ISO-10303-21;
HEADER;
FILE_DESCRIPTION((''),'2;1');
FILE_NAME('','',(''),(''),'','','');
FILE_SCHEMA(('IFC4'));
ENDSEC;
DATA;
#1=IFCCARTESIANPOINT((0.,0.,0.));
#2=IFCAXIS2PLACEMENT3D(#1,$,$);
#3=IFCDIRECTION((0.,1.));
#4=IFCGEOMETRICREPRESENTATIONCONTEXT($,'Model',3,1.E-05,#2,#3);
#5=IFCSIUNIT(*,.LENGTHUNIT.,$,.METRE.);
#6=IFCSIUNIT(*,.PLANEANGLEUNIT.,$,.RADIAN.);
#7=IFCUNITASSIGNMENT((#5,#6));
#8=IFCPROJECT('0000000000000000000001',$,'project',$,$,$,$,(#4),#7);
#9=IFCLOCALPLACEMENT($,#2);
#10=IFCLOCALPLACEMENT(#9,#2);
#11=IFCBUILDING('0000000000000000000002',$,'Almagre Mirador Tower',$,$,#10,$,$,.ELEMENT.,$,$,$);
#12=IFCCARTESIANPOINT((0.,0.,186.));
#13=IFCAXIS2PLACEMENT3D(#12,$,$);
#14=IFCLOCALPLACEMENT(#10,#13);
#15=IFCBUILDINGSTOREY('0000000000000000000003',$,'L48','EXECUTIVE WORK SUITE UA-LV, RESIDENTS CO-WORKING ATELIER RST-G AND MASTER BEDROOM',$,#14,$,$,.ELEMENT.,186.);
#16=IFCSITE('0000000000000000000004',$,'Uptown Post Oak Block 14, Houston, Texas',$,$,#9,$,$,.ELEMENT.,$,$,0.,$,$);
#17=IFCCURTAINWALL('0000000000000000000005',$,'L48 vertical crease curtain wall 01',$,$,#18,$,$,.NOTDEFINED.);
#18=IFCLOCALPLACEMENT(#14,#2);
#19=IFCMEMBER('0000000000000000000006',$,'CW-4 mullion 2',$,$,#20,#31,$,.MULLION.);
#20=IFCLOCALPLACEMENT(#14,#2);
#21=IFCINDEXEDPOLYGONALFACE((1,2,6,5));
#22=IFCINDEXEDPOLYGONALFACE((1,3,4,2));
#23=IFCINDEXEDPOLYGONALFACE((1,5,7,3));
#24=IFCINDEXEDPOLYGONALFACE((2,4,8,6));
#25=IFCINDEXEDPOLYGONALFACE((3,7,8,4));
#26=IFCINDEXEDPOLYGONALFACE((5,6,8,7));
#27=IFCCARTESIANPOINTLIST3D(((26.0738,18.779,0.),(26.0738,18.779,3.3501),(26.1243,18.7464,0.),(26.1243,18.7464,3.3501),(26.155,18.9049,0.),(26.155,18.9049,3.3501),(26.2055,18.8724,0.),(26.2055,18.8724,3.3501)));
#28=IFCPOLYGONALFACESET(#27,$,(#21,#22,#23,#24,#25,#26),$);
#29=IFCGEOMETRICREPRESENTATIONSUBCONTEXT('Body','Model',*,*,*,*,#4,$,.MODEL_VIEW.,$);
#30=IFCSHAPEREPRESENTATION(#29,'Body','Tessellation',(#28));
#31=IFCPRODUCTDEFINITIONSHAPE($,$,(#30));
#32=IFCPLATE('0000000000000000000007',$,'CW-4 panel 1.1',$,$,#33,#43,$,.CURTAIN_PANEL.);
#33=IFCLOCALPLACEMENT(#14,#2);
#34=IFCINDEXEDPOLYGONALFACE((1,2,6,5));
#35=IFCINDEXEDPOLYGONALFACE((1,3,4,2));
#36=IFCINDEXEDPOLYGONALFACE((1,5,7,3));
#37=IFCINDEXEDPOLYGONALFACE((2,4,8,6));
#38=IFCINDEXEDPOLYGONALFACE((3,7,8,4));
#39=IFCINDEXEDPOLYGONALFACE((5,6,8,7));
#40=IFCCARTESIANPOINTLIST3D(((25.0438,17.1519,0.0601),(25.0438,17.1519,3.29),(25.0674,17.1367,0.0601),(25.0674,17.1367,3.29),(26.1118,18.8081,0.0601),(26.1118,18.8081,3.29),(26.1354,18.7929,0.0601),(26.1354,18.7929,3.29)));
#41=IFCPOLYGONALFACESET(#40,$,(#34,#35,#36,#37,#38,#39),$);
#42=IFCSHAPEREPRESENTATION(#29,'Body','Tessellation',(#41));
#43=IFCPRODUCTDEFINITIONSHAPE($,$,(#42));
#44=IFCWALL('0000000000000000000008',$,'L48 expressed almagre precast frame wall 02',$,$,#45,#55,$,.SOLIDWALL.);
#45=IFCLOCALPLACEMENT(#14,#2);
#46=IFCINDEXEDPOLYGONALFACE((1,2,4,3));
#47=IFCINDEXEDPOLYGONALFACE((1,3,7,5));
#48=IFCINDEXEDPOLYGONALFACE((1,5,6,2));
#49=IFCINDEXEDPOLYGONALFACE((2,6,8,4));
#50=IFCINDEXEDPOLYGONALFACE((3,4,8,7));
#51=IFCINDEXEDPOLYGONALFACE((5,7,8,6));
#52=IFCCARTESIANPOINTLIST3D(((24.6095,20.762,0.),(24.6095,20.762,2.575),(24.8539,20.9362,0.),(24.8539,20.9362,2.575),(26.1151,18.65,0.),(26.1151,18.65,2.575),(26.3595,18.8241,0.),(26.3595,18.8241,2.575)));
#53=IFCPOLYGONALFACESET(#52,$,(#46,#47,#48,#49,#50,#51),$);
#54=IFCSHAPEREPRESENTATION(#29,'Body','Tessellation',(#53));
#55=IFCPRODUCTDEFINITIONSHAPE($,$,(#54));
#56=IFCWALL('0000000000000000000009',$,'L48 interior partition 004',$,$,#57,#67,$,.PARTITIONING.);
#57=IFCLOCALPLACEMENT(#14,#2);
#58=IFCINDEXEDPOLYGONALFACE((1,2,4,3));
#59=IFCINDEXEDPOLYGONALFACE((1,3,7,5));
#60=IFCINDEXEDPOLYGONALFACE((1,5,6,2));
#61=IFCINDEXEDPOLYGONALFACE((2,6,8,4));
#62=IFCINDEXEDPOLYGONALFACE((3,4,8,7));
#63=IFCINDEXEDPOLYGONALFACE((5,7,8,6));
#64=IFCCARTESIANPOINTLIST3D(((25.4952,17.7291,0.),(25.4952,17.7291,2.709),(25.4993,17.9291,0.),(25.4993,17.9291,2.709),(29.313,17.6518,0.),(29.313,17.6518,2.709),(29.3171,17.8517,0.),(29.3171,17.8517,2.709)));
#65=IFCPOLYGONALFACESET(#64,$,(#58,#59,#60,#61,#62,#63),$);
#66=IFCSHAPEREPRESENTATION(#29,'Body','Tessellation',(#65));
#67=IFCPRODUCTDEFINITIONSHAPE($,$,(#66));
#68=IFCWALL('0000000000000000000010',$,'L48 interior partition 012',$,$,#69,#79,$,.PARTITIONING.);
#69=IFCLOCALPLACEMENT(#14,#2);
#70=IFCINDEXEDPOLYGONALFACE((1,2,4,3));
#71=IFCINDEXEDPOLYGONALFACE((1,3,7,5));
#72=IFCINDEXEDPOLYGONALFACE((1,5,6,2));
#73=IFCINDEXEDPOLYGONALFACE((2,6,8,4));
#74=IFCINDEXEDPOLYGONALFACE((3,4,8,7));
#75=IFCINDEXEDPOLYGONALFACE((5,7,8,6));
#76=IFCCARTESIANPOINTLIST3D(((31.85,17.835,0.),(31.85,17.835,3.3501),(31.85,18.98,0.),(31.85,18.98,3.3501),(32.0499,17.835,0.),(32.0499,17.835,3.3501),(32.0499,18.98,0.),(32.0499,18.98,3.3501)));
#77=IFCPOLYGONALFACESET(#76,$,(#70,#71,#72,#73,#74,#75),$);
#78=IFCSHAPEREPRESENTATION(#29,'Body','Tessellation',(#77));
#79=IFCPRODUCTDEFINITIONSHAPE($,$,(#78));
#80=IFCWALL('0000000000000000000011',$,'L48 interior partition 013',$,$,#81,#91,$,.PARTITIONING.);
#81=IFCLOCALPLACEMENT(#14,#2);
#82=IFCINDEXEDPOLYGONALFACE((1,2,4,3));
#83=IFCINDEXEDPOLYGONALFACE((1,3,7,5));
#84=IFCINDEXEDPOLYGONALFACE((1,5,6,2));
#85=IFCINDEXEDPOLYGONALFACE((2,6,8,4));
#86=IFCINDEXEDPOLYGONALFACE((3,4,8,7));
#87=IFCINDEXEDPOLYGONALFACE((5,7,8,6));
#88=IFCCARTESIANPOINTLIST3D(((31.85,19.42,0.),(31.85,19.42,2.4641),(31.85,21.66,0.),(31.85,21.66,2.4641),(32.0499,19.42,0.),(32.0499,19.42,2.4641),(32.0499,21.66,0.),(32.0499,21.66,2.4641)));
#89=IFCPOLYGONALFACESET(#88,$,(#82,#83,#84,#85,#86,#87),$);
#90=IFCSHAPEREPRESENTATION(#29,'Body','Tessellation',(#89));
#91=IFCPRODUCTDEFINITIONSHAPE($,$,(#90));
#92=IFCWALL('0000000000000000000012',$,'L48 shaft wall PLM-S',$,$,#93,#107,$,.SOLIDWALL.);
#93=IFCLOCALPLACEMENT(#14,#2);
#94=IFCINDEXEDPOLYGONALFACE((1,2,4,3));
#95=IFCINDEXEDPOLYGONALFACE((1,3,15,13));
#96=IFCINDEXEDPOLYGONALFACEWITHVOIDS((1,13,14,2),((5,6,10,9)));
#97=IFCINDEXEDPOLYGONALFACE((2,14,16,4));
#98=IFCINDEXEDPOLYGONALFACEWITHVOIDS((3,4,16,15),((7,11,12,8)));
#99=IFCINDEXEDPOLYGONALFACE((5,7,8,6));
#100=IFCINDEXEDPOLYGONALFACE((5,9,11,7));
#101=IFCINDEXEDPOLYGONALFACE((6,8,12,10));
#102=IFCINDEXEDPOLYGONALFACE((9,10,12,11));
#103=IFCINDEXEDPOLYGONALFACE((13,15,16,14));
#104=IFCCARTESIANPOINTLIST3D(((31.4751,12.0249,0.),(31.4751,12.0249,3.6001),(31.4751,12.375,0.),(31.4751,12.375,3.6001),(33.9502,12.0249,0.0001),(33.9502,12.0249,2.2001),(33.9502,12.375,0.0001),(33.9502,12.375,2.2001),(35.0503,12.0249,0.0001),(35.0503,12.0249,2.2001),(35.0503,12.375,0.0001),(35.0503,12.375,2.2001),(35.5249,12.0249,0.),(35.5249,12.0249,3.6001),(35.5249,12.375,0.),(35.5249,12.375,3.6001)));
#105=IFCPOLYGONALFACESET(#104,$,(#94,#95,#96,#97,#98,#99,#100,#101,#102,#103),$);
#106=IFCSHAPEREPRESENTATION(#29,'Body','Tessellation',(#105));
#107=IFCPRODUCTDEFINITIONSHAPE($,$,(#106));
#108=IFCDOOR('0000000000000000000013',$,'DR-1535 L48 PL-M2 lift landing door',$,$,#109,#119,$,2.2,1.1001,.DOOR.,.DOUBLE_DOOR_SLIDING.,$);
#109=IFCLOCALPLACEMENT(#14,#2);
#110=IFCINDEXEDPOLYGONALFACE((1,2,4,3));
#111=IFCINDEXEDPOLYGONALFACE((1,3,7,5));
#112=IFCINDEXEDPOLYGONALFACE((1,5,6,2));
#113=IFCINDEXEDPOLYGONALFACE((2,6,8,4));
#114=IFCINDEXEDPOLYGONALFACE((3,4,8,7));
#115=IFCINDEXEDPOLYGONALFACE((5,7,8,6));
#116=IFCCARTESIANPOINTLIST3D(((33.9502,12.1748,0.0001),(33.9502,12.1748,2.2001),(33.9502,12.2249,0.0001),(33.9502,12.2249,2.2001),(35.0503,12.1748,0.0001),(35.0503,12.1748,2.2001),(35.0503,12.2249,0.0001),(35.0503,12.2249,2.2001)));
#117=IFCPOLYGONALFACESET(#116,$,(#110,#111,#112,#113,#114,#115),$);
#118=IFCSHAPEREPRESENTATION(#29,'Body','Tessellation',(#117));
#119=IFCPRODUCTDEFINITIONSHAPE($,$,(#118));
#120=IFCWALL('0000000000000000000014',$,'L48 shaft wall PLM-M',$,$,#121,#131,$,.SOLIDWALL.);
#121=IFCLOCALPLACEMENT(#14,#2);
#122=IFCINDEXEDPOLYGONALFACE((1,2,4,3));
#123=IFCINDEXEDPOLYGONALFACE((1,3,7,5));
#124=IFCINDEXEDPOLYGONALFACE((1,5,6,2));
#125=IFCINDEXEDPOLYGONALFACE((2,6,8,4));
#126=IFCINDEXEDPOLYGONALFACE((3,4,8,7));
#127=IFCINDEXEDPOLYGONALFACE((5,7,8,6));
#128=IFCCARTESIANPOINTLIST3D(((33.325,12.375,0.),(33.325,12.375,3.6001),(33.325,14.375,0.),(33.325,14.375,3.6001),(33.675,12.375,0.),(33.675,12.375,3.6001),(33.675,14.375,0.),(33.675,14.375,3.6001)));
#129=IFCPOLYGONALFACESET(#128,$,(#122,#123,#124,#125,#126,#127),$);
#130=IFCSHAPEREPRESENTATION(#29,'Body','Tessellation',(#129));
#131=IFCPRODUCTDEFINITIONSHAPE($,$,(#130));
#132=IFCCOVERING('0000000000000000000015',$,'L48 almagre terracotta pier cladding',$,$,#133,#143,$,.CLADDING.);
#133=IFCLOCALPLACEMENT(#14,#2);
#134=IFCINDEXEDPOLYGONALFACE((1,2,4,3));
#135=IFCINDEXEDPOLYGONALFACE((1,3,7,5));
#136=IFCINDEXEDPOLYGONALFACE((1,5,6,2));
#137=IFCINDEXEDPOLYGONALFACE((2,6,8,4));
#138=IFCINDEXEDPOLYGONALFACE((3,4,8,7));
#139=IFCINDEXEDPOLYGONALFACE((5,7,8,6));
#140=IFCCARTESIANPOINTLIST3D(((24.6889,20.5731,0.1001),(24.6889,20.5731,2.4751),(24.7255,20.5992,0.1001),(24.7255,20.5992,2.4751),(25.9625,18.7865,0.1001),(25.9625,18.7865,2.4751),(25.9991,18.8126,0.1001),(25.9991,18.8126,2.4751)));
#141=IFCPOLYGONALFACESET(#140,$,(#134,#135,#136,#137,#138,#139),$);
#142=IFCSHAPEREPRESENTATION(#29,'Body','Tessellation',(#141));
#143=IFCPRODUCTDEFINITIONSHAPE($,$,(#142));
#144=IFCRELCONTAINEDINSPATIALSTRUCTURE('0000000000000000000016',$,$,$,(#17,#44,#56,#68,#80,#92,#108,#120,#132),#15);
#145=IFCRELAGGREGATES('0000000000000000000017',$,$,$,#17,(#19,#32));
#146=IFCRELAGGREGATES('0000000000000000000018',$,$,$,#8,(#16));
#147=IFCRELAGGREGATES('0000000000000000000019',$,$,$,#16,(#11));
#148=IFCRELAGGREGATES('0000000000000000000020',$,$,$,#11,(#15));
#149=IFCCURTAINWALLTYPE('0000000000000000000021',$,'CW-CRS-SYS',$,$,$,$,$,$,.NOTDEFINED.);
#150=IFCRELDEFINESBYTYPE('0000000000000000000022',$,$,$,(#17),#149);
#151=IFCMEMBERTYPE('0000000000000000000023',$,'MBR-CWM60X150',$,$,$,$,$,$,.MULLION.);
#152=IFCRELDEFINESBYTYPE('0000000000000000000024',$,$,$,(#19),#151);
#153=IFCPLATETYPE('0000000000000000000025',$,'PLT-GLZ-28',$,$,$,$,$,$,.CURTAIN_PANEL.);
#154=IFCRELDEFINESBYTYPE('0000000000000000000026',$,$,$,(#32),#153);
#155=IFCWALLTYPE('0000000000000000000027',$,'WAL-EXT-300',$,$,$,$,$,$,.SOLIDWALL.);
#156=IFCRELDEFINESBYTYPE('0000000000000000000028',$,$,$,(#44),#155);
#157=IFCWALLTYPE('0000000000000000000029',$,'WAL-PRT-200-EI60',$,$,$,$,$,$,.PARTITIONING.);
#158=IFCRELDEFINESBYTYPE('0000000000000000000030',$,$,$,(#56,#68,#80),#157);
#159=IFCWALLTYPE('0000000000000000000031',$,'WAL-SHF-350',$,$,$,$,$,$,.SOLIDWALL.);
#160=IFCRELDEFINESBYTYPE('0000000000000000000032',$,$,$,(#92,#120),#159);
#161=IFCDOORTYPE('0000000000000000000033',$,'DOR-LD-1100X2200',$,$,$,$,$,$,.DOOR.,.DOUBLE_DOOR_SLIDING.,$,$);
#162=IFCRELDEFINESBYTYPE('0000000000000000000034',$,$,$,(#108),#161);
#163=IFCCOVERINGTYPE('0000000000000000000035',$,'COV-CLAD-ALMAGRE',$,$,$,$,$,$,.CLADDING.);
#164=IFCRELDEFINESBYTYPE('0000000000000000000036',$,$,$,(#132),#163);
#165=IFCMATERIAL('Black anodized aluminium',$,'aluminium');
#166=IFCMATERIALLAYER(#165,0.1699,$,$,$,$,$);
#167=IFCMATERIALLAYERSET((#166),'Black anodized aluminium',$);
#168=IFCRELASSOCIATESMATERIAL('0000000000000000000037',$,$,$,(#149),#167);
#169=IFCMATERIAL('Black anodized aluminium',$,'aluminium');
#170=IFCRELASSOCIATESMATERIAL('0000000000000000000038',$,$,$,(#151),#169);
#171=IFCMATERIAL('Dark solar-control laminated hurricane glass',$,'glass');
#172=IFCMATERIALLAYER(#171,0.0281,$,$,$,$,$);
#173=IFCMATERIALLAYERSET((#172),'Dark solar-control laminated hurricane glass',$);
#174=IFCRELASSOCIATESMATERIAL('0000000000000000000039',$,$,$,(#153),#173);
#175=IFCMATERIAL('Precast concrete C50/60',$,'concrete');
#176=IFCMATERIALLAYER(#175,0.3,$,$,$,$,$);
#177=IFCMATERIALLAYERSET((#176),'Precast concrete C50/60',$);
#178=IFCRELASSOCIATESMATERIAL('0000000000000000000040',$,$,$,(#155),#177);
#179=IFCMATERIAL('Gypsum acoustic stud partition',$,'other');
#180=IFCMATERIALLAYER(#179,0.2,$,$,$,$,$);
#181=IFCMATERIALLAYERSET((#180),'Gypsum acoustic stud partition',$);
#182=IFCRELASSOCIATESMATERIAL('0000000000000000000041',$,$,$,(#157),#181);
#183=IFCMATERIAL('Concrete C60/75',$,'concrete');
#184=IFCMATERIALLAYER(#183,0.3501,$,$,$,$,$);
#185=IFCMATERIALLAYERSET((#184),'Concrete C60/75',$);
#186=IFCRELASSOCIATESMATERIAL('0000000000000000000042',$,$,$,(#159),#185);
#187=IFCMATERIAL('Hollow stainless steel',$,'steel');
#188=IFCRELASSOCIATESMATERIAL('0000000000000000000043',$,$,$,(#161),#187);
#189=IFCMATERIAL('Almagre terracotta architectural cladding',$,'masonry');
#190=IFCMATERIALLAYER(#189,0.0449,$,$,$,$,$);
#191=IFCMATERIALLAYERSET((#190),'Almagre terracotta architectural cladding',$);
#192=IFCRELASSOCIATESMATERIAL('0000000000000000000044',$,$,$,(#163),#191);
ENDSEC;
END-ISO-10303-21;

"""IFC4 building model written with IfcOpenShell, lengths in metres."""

from ifc_helpers import new_model, si_unit, direction, frame, frame_2d, origin, origin_2d, place, context, subcontext, project, spatial, rectangle, extrude, material, layer, layer_set, material_profile, profile_set, type_object, element, fill, aggregate, save


model = new_model("IFC4")

# Units and contexts
model_context = context("Model", 3, precision=1e-05, world=origin(), true_north=direction((0.0, 1.0)))
body_context = subcontext(model_context, "Body", "Model", "MODEL_VIEW")
ifc_project = project(units=[si_unit("LENGTHUNIT", "METRE"), si_unit("PLANEANGLEUNIT", "RADIAN")], contexts=[model_context])

# Site, building, storey
site_placement = place(None, origin())
site = spatial("IfcSite", under=ifc_project, at=site_placement, Name="Uptown Post Oak Block 14, Houston, Texas", CompositionType="ELEMENT", RefElevation=0.0)
building_placement = place(site_placement, origin())
building = spatial("IfcBuilding", under=site, at=building_placement, Name="Almagre Mirador Tower", CompositionType="ELEMENT")
storey_placement = place(building_placement, frame((0.0, 0.0, 186.0)))
storey = spatial("IfcBuildingStorey", under=building, at=storey_placement, Name="L48", Description="EXECUTIVE WORK SUITE UA-LV, RESIDENTS CO-WORKING ATELIER RST-G AND MASTER BEDROOM", CompositionType="ELEMENT", Elevation=186.0)

# Curtain wall, member, plate
ifc_material_1 = material(Name="Black anodized aluminium", Category="aluminium")
ifc_layer_1 = layer(ifc_material_1, 0.1699)
ifc_layer_set_1 = layer_set([ifc_layer_1], Name="Black anodized aluminium")
curtain_wall_type = type_object("IfcCurtainWallType", Name="CW-CRS-SYS", PredefinedType="NOTDEFINED", material=ifc_layer_set_1)
curtain_wall_placement = place(storey_placement, origin())
curtain_wall = element("IfcCurtainWall", 1, at=curtain_wall_placement, inside=storey, type_object=curtain_wall_type, Name="L48 vertical crease curtain wall 01", PredefinedType="NOTDEFINED")
ifc_material_2 = material(Name="Black anodized aluminium", Category="aluminium")
ifc_material_profile_1 = material_profile(ifc_material_2, rectangle(XDim=0.0601, YDim=0.1499, at=origin_2d()), Name="CWM60X150")
ifc_profile_set_1 = profile_set([ifc_material_profile_1], Name="Black anodized aluminium")
member_type = type_object("IfcMemberType", Name="MBR-CWM60X150", PredefinedType="MULLION", material=ifc_profile_set_1)
member_placement = place(storey_placement, frame((26.1396, 18.8257, 0.0), z_axis=(0.0, 0.0, 1.0), x_axis=(-0.840416, 0.541942, 0.0)))
member = element("IfcMember", 2, at=member_placement, type_object=member_type, Name="CW-4 mullion 2", PredefinedType="MULLION", context=body_context, shape_type="SweptSolid", body=[
    extrude(rectangle(XDim=0.0601, YDim=0.1499, at=origin_2d()), origin(), (0.0, 0.0, 1.0), 3.3501),
])
ifc_material_3 = material(Name="Dark solar-control laminated hurricane glass", Category="glass")
ifc_layer_2 = layer(ifc_material_3, 0.0281)
ifc_layer_set_2 = layer_set([ifc_layer_2], Name="Dark solar-control laminated hurricane glass")
plate_type = type_object("IfcPlateType", Name="PLT-GLZ-28", PredefinedType="CURTAIN_PANEL", material=ifc_layer_set_2)
plate_placement = place(storey_placement, frame((25.5896, 17.9724, 0.0601), z_axis=(0.0, 0.0, 1.0), x_axis=(0.541942, 0.840416, 0.0)))
plate = element("IfcPlate", 3, at=plate_placement, type_object=plate_type, Name="CW-4 panel 1.1", PredefinedType="CURTAIN_PANEL", context=body_context, shape_type="SweptSolid", body=[
    extrude(rectangle(XDim=1.9707, YDim=0.0281, at=origin_2d()), origin(), (0.0, 0.0, 1.0), 3.23),
])
aggregate(curtain_wall, [member, plate])

# Walls
ifc_material_4 = material(Name="Precast concrete C50/60", Category="concrete")
ifc_layer_3 = layer(ifc_material_4, 0.3)
ifc_layer_set_3 = layer_set([ifc_layer_3], Name="Precast concrete C50/60")
wall_type_1 = type_object("IfcWallType", Name="WAL-EXT-300", PredefinedType="SOLIDWALL", material=ifc_layer_set_3)
wall_1_placement = place(storey_placement, frame((26.2373, 18.7371, 0.0), z_axis=(0.0, 0.0, 1.0), x_axis=(-0.580472, 0.81428, 0.0)))
element("IfcWall", 4, at=wall_1_placement, inside=storey, type_object=wall_type_1, Name="L48 expressed almagre precast frame wall 02", PredefinedType="SOLIDWALL", context=body_context, shape_type="SweptSolid", body=[
    extrude(rectangle(XDim=2.5938, YDim=0.3, at=frame_2d((1.2969, 0.0))), origin(), (0.0, 0.0, 1.0), 2.575),
])
ifc_material_5 = material(Name="Gypsum acoustic stud partition", Category="other")
ifc_layer_4 = layer(ifc_material_5, 0.2)
ifc_layer_set_4 = layer_set([ifc_layer_4], Name="Gypsum acoustic stud partition")
wall_type_2 = type_object("IfcWallType", Name="WAL-PRT-200-EI60", PredefinedType="PARTITIONING", material=ifc_layer_set_4)
wall_2_placement = place(storey_placement, frame((29.3149, 17.7517, 0.0), z_axis=(0.0, 0.0, 1.0), x_axis=(-0.999795, 0.020267, 0.0)))
element("IfcWall", 5, at=wall_2_placement, inside=storey, type_object=wall_type_2, Name="L48 interior partition 004", PredefinedType="PARTITIONING", context=body_context, shape_type="SweptSolid", body=[
    extrude(rectangle(XDim=3.8186, YDim=0.2, at=frame_2d((1.9092, 0.0))), origin(), (0.0, 0.0, 1.0), 2.709),
])
wall_3_placement = place(storey_placement, frame((31.95, 17.835, 0.0), z_axis=(0.0, 0.0, 1.0), x_axis=(0.0, 1.0, 0.0)))
element("IfcWall", 6, at=wall_3_placement, inside=storey, type_object=wall_type_2, Name="L48 interior partition 012", PredefinedType="PARTITIONING", context=body_context, shape_type="SweptSolid", body=[
    extrude(rectangle(XDim=1.145, YDim=0.2, at=frame_2d((0.5725, 0.0))), origin(), (0.0, 0.0, 1.0), 3.3501),
])
wall_4_placement = place(storey_placement, frame((31.95, 19.4199, 0.0), z_axis=(0.0, 0.0, 1.0), x_axis=(0.0, 1.0, 0.0)))
element("IfcWall", 7, at=wall_4_placement, inside=storey, type_object=wall_type_2, Name="L48 interior partition 013", PredefinedType="PARTITIONING", context=body_context, shape_type="SweptSolid", body=[
    extrude(rectangle(XDim=2.24, YDim=0.2, at=frame_2d((1.1201, 0.0))), origin(), (0.0, 0.0, 1.0), 2.4641),
])

# Wall, opening, door
ifc_material_6 = material(Name="Concrete C60/75", Category="concrete")
ifc_layer_5 = layer(ifc_material_6, 0.3501)
ifc_layer_set_5 = layer_set([ifc_layer_5], Name="Concrete C60/75")
wall_type_3 = type_object("IfcWallType", Name="WAL-SHF-350", PredefinedType="SOLIDWALL", material=ifc_layer_set_5)
wall_5_placement = place(storey_placement, frame((31.4751, 12.2, 0.0), z_axis=(0.0, 0.0, 1.0), x_axis=(1.0, 0.0, 0.0)))
wall_5 = element("IfcWall", 8, at=wall_5_placement, inside=storey, type_object=wall_type_3, Name="L48 shaft wall PLM-S", PredefinedType="SOLIDWALL", context=body_context, shape_type="SweptSolid", body=[
    extrude(rectangle(XDim=4.0498, YDim=0.3501, at=frame_2d((2.0249, 0.0))), origin(), (0.0, 0.0, 1.0), 3.6001),
])
opening_1_placement = place(wall_5_placement, frame((2.4751, 0.0, 0.0)))
opening_1 = element("IfcOpeningElement", 9, at=opening_1_placement, cuts=wall_5, PredefinedType="OPENING", context=body_context, shape_type="SweptSolid", body=[
    extrude(rectangle(XDim=1.1001, YDim=2.2, at=frame_2d((0.55, 1.1001))), frame((0.0, 0.185, 0.0), z_axis=(0.0, -1.0, 0.0), x_axis=(1.0, 0.0, 0.0)), (0.0, 0.0, 1.0), 0.3701),
])
ifc_material_7 = material(Name="Hollow stainless steel", Category="steel")
door_type_1 = type_object("IfcDoorType", Name="DOR-LD-1100X2200", OperationType="DOUBLE_DOOR_SLIDING", PredefinedType="DOOR", material=ifc_material_7)
door_1_placement = place(opening_1_placement, origin())
door_1 = element("IfcDoor", 10, at=door_1_placement, inside=storey, type_object=door_type_1, Name="DR-1535 L48 PL-M2 lift landing door", OperationType="DOUBLE_DOOR_SLIDING", OverallHeight=2.2, OverallWidth=1.1001, PredefinedType="DOOR", context=body_context, shape_type="SweptSolid", body=[
    extrude(rectangle(XDim=1.1001, YDim=2.2, at=frame_2d((0.55, 1.1001))), frame((0.0, 0.0249, 0.0), z_axis=(0.0, -1.0, 0.0), x_axis=(1.0, 0.0, 0.0)), (0.0, 0.0, 1.0), 0.05),
])
fill(opening_1, door_1)

# Wall
wall_6_placement = place(storey_placement, frame((33.5, 12.375, 0.0), z_axis=(0.0, 0.0, 1.0), x_axis=(0.0, 1.0, 0.0)))
element("IfcWall", 11, at=wall_6_placement, inside=storey, type_object=wall_type_3, Name="L48 shaft wall PLM-M", PredefinedType="SOLIDWALL", context=body_context, shape_type="SweptSolid", body=[
    extrude(rectangle(XDim=2.0, YDim=0.3501, at=frame_2d((1.0, 0.0))), origin(), (0.0, 0.0, 1.0), 3.6001),
])

# Covering
ifc_material_8 = material(Name="Almagre terracotta architectural cladding", Category="masonry")
ifc_layer_6 = layer(ifc_material_8, 0.0449)
ifc_layer_set_6 = layer_set([ifc_layer_6], Name="Almagre terracotta architectural cladding")
covering_type = type_object("IfcCoveringType", Name="COV-CLAD-ALMAGRE", PredefinedType="CLADDING", material=ifc_layer_set_6)
covering_placement = place(storey_placement, frame((25.344, 19.6929, 0.1001), z_axis=(0.0, 0.0, 1.0), x_axis=(-0.580476, 0.814278, 0.0)))
element("IfcCovering", 12, at=covering_placement, inside=storey, type_object=covering_type, Name="L48 almagre terracotta pier cladding", PredefinedType="CLADDING", context=body_context, shape_type="SweptSolid", body=[
    extrude(rectangle(XDim=2.1941, YDim=0.0449, at=origin_2d()), origin(), (0.0, 0.0, 1.0), 2.375),
])

save(model, "model.ifc")
